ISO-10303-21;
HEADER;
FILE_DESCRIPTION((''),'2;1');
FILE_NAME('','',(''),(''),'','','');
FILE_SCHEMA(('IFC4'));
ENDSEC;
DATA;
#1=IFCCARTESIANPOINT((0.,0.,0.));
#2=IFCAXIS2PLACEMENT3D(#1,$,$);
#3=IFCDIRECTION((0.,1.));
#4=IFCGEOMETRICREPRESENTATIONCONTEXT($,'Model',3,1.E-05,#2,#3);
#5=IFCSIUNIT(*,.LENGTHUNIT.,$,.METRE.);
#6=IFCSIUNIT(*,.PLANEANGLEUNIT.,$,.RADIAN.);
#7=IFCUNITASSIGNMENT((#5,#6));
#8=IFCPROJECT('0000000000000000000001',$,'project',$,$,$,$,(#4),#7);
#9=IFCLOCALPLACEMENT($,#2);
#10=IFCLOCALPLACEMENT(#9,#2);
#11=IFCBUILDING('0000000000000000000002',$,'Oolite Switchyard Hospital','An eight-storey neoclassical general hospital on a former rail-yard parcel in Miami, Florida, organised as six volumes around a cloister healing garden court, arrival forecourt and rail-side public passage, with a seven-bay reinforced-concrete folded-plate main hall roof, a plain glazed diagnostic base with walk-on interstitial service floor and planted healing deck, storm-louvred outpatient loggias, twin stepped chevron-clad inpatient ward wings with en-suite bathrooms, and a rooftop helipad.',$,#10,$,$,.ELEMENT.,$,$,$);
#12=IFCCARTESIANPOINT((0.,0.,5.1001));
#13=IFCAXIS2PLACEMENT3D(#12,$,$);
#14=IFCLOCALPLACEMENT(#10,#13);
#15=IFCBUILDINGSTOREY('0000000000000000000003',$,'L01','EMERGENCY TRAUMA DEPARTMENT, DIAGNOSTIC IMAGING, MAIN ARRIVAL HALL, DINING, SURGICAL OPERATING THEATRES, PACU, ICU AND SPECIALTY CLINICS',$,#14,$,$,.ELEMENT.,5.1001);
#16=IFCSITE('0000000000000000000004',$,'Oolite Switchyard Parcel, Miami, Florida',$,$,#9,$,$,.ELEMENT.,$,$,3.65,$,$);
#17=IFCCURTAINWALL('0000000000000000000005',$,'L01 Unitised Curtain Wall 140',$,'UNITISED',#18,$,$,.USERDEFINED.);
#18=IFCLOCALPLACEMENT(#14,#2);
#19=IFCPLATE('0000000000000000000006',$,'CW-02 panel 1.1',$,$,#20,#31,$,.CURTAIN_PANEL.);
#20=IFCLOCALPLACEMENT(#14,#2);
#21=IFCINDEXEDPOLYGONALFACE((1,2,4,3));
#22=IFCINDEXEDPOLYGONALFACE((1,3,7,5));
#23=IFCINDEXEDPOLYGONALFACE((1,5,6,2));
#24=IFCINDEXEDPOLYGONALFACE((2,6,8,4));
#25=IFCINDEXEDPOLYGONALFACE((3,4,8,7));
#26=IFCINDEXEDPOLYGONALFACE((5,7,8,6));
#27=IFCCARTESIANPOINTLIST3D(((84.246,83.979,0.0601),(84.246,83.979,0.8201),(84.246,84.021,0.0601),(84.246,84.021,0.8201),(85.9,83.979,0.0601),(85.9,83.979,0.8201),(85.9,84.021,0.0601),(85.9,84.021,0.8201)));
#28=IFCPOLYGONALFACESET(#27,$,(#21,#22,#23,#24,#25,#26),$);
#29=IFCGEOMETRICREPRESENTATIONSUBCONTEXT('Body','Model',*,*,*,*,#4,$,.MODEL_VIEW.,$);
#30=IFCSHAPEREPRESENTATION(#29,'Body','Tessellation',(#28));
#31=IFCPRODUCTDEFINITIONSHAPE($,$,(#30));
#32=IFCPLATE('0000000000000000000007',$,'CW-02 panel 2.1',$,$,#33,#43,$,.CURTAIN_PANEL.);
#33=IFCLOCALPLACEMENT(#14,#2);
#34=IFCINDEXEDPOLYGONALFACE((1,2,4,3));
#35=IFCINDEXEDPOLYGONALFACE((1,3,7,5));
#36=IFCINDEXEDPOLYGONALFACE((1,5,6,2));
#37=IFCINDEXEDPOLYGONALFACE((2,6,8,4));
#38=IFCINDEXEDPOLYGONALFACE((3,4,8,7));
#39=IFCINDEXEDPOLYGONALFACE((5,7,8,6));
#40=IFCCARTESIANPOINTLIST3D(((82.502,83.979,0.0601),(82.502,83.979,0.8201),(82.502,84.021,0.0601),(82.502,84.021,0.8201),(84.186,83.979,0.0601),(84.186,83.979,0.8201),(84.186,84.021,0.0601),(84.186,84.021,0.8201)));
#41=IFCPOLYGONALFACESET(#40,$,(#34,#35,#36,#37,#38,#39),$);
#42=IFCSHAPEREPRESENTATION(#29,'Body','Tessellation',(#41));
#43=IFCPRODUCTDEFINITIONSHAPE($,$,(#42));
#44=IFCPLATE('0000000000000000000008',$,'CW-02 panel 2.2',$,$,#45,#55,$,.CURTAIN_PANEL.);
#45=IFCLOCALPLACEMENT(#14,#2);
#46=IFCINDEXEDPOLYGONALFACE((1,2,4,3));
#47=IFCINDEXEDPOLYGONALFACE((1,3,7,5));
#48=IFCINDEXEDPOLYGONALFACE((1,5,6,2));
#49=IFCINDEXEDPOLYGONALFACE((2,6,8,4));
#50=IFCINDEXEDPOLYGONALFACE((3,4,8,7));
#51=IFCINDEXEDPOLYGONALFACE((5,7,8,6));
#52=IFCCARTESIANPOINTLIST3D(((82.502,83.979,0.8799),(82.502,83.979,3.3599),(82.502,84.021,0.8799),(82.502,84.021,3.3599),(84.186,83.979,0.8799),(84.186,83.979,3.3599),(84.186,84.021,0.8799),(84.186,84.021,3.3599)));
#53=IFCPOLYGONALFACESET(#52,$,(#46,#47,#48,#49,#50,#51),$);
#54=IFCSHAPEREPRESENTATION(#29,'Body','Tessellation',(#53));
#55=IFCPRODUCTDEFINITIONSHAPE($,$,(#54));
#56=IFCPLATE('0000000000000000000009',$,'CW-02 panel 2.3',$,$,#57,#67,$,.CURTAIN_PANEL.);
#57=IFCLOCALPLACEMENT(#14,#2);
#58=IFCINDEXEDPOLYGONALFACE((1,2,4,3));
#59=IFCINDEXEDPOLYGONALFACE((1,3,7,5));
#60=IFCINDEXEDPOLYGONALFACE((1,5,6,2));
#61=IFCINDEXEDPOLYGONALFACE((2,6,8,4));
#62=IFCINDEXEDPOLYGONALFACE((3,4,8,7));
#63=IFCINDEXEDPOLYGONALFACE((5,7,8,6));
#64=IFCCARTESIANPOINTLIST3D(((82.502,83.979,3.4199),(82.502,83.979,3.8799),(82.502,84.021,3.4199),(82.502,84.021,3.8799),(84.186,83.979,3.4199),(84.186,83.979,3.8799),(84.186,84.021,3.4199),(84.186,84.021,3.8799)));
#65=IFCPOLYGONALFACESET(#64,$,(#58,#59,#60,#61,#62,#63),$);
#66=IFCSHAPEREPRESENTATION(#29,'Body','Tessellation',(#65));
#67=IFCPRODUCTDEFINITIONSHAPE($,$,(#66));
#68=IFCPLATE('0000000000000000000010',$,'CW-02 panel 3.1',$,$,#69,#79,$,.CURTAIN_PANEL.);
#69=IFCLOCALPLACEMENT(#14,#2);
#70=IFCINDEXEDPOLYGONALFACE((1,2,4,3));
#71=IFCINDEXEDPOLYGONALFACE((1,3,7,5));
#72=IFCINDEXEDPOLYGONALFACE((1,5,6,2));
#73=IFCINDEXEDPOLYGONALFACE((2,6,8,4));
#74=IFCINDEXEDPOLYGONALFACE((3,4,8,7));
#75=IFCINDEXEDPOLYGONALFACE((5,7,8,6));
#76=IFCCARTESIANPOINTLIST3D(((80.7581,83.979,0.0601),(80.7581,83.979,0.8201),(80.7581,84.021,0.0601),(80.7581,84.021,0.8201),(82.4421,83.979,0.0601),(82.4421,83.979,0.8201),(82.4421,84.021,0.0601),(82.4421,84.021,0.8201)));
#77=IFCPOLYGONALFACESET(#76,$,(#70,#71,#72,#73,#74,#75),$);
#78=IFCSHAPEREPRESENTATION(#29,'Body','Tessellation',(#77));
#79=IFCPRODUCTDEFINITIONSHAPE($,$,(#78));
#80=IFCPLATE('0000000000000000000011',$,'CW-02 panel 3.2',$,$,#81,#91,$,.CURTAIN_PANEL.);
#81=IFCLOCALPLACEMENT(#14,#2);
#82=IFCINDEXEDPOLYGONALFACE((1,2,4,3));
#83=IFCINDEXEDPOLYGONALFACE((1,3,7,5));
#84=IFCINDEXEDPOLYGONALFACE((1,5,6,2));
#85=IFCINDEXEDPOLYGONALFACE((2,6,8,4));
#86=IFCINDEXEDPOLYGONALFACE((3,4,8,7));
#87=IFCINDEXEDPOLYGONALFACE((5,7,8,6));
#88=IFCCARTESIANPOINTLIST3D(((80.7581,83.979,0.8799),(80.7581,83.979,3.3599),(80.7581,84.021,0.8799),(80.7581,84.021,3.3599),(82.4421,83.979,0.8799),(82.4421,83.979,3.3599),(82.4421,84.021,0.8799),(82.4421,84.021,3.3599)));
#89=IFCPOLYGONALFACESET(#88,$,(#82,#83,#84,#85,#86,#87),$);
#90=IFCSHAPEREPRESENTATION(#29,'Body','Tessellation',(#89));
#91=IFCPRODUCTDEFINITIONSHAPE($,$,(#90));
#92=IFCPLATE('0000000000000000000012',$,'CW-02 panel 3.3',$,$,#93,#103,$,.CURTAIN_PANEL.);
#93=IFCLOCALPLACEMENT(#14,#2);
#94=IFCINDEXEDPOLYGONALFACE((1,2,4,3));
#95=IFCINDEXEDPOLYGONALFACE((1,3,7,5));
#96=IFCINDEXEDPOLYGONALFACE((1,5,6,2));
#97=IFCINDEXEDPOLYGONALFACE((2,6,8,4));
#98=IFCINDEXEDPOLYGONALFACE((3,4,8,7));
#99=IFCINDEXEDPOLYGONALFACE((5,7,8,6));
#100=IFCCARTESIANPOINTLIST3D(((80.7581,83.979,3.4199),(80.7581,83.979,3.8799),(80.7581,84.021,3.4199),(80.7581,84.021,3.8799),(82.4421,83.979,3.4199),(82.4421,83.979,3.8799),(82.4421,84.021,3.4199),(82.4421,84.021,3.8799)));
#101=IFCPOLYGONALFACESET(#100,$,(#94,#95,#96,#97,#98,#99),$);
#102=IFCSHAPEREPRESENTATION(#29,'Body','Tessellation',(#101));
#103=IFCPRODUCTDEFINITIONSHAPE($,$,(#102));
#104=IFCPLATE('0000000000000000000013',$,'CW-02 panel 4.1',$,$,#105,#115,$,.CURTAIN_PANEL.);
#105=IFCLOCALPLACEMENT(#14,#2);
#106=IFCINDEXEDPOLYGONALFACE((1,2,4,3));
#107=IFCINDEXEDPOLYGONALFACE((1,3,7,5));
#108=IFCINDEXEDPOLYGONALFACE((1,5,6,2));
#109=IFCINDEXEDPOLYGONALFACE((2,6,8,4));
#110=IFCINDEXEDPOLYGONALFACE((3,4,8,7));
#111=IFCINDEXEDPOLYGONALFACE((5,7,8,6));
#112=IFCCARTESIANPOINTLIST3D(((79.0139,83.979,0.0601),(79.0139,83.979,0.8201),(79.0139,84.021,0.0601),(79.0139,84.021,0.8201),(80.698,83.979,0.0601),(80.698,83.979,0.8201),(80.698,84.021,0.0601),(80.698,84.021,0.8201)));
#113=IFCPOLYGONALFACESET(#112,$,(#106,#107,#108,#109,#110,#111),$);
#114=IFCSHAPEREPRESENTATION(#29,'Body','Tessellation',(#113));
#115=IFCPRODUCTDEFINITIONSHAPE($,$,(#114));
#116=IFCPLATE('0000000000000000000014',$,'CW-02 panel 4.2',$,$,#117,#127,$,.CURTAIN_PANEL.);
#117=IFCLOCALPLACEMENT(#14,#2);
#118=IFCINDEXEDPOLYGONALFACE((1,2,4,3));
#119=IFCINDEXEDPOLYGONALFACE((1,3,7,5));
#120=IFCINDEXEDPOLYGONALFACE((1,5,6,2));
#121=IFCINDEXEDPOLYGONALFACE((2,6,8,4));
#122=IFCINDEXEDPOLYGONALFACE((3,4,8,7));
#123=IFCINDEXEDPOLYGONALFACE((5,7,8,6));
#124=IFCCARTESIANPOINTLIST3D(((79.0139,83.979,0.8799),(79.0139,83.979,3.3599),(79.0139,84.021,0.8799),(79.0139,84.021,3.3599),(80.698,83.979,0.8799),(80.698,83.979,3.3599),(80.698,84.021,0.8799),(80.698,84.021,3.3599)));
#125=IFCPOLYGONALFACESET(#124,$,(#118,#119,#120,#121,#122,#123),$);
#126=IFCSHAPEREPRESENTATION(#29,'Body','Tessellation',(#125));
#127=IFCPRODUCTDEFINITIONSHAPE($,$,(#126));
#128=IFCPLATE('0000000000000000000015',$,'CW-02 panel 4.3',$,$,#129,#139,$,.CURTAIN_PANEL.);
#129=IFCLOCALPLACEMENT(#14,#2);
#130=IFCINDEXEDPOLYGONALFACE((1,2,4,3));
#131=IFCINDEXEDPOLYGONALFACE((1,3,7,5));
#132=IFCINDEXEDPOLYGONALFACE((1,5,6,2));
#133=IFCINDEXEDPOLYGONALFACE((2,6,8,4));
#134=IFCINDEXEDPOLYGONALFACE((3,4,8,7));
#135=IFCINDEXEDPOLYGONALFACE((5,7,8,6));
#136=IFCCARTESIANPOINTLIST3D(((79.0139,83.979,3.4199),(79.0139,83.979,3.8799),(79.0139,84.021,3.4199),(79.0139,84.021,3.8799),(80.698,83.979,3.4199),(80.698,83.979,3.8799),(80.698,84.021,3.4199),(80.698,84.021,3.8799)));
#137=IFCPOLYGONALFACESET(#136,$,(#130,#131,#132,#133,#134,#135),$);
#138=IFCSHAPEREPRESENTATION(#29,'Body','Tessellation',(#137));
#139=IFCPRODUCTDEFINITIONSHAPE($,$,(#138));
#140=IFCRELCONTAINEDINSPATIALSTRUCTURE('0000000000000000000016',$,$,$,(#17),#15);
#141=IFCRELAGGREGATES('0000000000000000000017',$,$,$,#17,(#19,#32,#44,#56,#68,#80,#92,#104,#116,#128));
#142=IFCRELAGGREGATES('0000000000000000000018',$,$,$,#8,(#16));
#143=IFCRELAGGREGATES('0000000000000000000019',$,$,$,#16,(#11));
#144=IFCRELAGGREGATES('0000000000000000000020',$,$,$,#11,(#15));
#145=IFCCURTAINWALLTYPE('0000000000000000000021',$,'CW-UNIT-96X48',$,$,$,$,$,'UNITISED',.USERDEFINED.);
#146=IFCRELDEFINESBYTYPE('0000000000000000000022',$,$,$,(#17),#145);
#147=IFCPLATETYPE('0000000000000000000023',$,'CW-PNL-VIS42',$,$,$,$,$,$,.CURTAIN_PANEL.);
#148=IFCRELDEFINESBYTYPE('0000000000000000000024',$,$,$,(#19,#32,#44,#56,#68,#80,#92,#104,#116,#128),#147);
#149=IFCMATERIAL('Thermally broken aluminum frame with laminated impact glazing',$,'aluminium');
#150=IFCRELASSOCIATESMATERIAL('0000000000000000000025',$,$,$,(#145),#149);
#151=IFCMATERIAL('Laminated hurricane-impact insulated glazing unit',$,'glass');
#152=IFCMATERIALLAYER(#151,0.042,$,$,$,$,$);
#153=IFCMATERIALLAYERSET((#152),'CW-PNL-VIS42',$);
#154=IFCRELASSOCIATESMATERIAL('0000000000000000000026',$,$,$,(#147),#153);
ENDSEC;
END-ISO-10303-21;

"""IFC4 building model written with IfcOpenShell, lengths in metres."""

from ifc_helpers import new_model, si_unit, direction, frame, origin, origin_2d, place, context, subcontext, project, spatial, rectangle, extrude, material, layer, layer_set, type_object, element, aggregate, save


model = new_model("IFC4")

# Units and contexts
model_context = context("Model", 3, precision=1e-05, world=origin(), true_north=direction((0.0, 1.0)))
body_context = subcontext(model_context, "Body", "Model", "MODEL_VIEW")
ifc_project = project(units=[si_unit("LENGTHUNIT", "METRE"), si_unit("PLANEANGLEUNIT", "RADIAN")], contexts=[model_context])

# Site, building, storey
site_placement = place(None, origin())
site = spatial("IfcSite", under=ifc_project, at=site_placement, Name="Oolite Switchyard Parcel, Miami, Florida", CompositionType="ELEMENT", RefElevation=3.65)
building_placement = place(site_placement, origin())
building = spatial("IfcBuilding", under=site, at=building_placement, Name="Oolite Switchyard Hospital", Description="An eight-storey neoclassical general hospital on a former rail-yard parcel in Miami, Florida, organised as six volumes around a cloister healing garden court, arrival forecourt and rail-side public passage, with a seven-bay reinforced-concrete folded-plate main hall roof, a plain glazed diagnostic base with walk-on interstitial service floor and planted healing deck, storm-louvred outpatient loggias, twin stepped chevron-clad inpatient ward wings with en-suite bathrooms, and a rooftop helipad.", CompositionType="ELEMENT")
storey_placement = place(building_placement, frame((0.0, 0.0, 5.1001)))
storey = spatial("IfcBuildingStorey", under=building, at=storey_placement, Name="L01", Description="EMERGENCY TRAUMA DEPARTMENT, DIAGNOSTIC IMAGING, MAIN ARRIVAL HALL, DINING, SURGICAL OPERATING THEATRES, PACU, ICU AND SPECIALTY CLINICS", CompositionType="ELEMENT", Elevation=5.1001)

# Curtain wall, plates
ifc_material_1 = material(Name="Thermally broken aluminum frame with laminated impact glazing", Category="aluminium")
curtain_wall_type = type_object("IfcCurtainWallType", Name="CW-UNIT-96X48", ElementType="UNITISED", PredefinedType="USERDEFINED", material=ifc_material_1)
curtain_wall_placement = place(storey_placement, origin())
curtain_wall = element("IfcCurtainWall", 1, at=curtain_wall_placement, inside=storey, type_object=curtain_wall_type, Name="L01 Unitised Curtain Wall 140", ObjectType="UNITISED", PredefinedType="USERDEFINED")
ifc_material_2 = material(Name="Laminated hurricane-impact insulated glazing unit", Category="glass")
ifc_layer = layer(ifc_material_2, 0.042)
ifc_layer_set = layer_set([ifc_layer], Name="CW-PNL-VIS42")
plate_type = type_object("IfcPlateType", Name="CW-PNL-VIS42", PredefinedType="CURTAIN_PANEL", material=ifc_layer_set)
plate_1_placement = place(storey_placement, frame((85.073, 84.0, 0.0601), z_axis=(0.0, 0.0, 1.0), x_axis=(-1.0, 0.0, 0.0)))
plate_1 = element("IfcPlate", 2, at=plate_1_placement, type_object=plate_type, Name="CW-02 panel 1.1", PredefinedType="CURTAIN_PANEL", context=body_context, shape_type="SweptSolid", body=[
    extrude(rectangle(XDim=1.6541, YDim=0.042, at=origin_2d()), origin(), (0.0, 0.0, 1.0), 0.76),
])
plate_2_placement = place(storey_placement, frame((83.344, 84.0, 0.0601), z_axis=(0.0, 0.0, 1.0), x_axis=(-1.0, 0.0, 0.0)))
plate_2 = element("IfcPlate", 3, at=plate_2_placement, type_object=plate_type, Name="CW-02 panel 2.1", PredefinedType="CURTAIN_PANEL", context=body_context, shape_type="SweptSolid", body=[
    extrude(rectangle(XDim=1.6841, YDim=0.042, at=origin_2d()), origin(), (0.0, 0.0, 1.0), 0.76),
])
plate_3_placement = place(storey_placement, frame((83.344, 84.0, 0.8799), z_axis=(0.0, 0.0, 1.0), x_axis=(-1.0, 0.0, 0.0)))
plate_3 = element("IfcPlate", 4, at=plate_3_placement, type_object=plate_type, Name="CW-02 panel 2.2", PredefinedType="CURTAIN_PANEL", context=body_context, shape_type="SweptSolid", body=[
    extrude(rectangle(XDim=1.6841, YDim=0.042, at=origin_2d()), origin(), (0.0, 0.0, 1.0), 2.48),
])
plate_4_placement = place(storey_placement, frame((83.344, 84.0, 3.4199), z_axis=(0.0, 0.0, 1.0), x_axis=(-1.0, 0.0, 0.0)))
plate_4 = element("IfcPlate", 5, at=plate_4_placement, type_object=plate_type, Name="CW-02 panel 2.3", PredefinedType="CURTAIN_PANEL", context=body_context, shape_type="SweptSolid", body=[
    extrude(rectangle(XDim=1.6841, YDim=0.042, at=origin_2d()), origin(), (0.0, 0.0, 1.0), 0.46),
])
plate_5_placement = place(storey_placement, frame((81.6001, 84.0, 0.0601), z_axis=(0.0, 0.0, 1.0), x_axis=(-1.0, 0.0, 0.0)))
plate_5 = element("IfcPlate", 6, at=plate_5_placement, type_object=plate_type, Name="CW-02 panel 3.1", PredefinedType="CURTAIN_PANEL", context=body_context, shape_type="SweptSolid", body=[
    extrude(rectangle(XDim=1.6841, YDim=0.042, at=origin_2d()), origin(), (0.0, 0.0, 1.0), 0.76),
])
plate_6_placement = place(storey_placement, frame((81.6001, 84.0, 0.8799), z_axis=(0.0, 0.0, 1.0), x_axis=(-1.0, 0.0, 0.0)))
plate_6 = element("IfcPlate", 7, at=plate_6_placement, type_object=plate_type, Name="CW-02 panel 3.2", PredefinedType="CURTAIN_PANEL", context=body_context, shape_type="SweptSolid", body=[
    extrude(rectangle(XDim=1.6841, YDim=0.042, at=origin_2d()), origin(), (0.0, 0.0, 1.0), 2.48),
])
plate_7_placement = place(storey_placement, frame((81.6001, 84.0, 3.4199), z_axis=(0.0, 0.0, 1.0), x_axis=(-1.0, 0.0, 0.0)))
plate_7 = element("IfcPlate", 8, at=plate_7_placement, type_object=plate_type, Name="CW-02 panel 3.3", PredefinedType="CURTAIN_PANEL", context=body_context, shape_type="SweptSolid", body=[
    extrude(rectangle(XDim=1.6841, YDim=0.042, at=origin_2d()), origin(), (0.0, 0.0, 1.0), 0.46),
])
plate_8_placement = place(storey_placement, frame((79.856, 84.0, 0.0601), z_axis=(0.0, 0.0, 1.0), x_axis=(-1.0, 0.0, 0.0)))
plate_8 = element("IfcPlate", 9, at=plate_8_placement, type_object=plate_type, Name="CW-02 panel 4.1", PredefinedType="CURTAIN_PANEL", context=body_context, shape_type="SweptSolid", body=[
    extrude(rectangle(XDim=1.6841, YDim=0.042, at=origin_2d()), origin(), (0.0, 0.0, 1.0), 0.76),
])
plate_9_placement = place(storey_placement, frame((79.856, 84.0, 0.8799), z_axis=(0.0, 0.0, 1.0), x_axis=(-1.0, 0.0, 0.0)))
plate_9 = element("IfcPlate", 10, at=plate_9_placement, type_object=plate_type, Name="CW-02 panel 4.2", PredefinedType="CURTAIN_PANEL", context=body_context, shape_type="SweptSolid", body=[
    extrude(rectangle(XDim=1.6841, YDim=0.042, at=origin_2d()), origin(), (0.0, 0.0, 1.0), 2.48),
])
plate_10_placement = place(storey_placement, frame((79.856, 84.0, 3.4199), z_axis=(0.0, 0.0, 1.0), x_axis=(-1.0, 0.0, 0.0)))
plate_10 = element("IfcPlate", 11, at=plate_10_placement, type_object=plate_type, Name="CW-02 panel 4.3", PredefinedType="CURTAIN_PANEL", context=body_context, shape_type="SweptSolid", body=[
    extrude(rectangle(XDim=1.6841, YDim=0.042, at=origin_2d()), origin(), (0.0, 0.0, 1.0), 0.46),
])
aggregate(curtain_wall, [plate_1, plate_2, plate_3, plate_4, plate_5, plate_6, plate_7, plate_8, plate_9, plate_10])

save(model, "model.ifc")
